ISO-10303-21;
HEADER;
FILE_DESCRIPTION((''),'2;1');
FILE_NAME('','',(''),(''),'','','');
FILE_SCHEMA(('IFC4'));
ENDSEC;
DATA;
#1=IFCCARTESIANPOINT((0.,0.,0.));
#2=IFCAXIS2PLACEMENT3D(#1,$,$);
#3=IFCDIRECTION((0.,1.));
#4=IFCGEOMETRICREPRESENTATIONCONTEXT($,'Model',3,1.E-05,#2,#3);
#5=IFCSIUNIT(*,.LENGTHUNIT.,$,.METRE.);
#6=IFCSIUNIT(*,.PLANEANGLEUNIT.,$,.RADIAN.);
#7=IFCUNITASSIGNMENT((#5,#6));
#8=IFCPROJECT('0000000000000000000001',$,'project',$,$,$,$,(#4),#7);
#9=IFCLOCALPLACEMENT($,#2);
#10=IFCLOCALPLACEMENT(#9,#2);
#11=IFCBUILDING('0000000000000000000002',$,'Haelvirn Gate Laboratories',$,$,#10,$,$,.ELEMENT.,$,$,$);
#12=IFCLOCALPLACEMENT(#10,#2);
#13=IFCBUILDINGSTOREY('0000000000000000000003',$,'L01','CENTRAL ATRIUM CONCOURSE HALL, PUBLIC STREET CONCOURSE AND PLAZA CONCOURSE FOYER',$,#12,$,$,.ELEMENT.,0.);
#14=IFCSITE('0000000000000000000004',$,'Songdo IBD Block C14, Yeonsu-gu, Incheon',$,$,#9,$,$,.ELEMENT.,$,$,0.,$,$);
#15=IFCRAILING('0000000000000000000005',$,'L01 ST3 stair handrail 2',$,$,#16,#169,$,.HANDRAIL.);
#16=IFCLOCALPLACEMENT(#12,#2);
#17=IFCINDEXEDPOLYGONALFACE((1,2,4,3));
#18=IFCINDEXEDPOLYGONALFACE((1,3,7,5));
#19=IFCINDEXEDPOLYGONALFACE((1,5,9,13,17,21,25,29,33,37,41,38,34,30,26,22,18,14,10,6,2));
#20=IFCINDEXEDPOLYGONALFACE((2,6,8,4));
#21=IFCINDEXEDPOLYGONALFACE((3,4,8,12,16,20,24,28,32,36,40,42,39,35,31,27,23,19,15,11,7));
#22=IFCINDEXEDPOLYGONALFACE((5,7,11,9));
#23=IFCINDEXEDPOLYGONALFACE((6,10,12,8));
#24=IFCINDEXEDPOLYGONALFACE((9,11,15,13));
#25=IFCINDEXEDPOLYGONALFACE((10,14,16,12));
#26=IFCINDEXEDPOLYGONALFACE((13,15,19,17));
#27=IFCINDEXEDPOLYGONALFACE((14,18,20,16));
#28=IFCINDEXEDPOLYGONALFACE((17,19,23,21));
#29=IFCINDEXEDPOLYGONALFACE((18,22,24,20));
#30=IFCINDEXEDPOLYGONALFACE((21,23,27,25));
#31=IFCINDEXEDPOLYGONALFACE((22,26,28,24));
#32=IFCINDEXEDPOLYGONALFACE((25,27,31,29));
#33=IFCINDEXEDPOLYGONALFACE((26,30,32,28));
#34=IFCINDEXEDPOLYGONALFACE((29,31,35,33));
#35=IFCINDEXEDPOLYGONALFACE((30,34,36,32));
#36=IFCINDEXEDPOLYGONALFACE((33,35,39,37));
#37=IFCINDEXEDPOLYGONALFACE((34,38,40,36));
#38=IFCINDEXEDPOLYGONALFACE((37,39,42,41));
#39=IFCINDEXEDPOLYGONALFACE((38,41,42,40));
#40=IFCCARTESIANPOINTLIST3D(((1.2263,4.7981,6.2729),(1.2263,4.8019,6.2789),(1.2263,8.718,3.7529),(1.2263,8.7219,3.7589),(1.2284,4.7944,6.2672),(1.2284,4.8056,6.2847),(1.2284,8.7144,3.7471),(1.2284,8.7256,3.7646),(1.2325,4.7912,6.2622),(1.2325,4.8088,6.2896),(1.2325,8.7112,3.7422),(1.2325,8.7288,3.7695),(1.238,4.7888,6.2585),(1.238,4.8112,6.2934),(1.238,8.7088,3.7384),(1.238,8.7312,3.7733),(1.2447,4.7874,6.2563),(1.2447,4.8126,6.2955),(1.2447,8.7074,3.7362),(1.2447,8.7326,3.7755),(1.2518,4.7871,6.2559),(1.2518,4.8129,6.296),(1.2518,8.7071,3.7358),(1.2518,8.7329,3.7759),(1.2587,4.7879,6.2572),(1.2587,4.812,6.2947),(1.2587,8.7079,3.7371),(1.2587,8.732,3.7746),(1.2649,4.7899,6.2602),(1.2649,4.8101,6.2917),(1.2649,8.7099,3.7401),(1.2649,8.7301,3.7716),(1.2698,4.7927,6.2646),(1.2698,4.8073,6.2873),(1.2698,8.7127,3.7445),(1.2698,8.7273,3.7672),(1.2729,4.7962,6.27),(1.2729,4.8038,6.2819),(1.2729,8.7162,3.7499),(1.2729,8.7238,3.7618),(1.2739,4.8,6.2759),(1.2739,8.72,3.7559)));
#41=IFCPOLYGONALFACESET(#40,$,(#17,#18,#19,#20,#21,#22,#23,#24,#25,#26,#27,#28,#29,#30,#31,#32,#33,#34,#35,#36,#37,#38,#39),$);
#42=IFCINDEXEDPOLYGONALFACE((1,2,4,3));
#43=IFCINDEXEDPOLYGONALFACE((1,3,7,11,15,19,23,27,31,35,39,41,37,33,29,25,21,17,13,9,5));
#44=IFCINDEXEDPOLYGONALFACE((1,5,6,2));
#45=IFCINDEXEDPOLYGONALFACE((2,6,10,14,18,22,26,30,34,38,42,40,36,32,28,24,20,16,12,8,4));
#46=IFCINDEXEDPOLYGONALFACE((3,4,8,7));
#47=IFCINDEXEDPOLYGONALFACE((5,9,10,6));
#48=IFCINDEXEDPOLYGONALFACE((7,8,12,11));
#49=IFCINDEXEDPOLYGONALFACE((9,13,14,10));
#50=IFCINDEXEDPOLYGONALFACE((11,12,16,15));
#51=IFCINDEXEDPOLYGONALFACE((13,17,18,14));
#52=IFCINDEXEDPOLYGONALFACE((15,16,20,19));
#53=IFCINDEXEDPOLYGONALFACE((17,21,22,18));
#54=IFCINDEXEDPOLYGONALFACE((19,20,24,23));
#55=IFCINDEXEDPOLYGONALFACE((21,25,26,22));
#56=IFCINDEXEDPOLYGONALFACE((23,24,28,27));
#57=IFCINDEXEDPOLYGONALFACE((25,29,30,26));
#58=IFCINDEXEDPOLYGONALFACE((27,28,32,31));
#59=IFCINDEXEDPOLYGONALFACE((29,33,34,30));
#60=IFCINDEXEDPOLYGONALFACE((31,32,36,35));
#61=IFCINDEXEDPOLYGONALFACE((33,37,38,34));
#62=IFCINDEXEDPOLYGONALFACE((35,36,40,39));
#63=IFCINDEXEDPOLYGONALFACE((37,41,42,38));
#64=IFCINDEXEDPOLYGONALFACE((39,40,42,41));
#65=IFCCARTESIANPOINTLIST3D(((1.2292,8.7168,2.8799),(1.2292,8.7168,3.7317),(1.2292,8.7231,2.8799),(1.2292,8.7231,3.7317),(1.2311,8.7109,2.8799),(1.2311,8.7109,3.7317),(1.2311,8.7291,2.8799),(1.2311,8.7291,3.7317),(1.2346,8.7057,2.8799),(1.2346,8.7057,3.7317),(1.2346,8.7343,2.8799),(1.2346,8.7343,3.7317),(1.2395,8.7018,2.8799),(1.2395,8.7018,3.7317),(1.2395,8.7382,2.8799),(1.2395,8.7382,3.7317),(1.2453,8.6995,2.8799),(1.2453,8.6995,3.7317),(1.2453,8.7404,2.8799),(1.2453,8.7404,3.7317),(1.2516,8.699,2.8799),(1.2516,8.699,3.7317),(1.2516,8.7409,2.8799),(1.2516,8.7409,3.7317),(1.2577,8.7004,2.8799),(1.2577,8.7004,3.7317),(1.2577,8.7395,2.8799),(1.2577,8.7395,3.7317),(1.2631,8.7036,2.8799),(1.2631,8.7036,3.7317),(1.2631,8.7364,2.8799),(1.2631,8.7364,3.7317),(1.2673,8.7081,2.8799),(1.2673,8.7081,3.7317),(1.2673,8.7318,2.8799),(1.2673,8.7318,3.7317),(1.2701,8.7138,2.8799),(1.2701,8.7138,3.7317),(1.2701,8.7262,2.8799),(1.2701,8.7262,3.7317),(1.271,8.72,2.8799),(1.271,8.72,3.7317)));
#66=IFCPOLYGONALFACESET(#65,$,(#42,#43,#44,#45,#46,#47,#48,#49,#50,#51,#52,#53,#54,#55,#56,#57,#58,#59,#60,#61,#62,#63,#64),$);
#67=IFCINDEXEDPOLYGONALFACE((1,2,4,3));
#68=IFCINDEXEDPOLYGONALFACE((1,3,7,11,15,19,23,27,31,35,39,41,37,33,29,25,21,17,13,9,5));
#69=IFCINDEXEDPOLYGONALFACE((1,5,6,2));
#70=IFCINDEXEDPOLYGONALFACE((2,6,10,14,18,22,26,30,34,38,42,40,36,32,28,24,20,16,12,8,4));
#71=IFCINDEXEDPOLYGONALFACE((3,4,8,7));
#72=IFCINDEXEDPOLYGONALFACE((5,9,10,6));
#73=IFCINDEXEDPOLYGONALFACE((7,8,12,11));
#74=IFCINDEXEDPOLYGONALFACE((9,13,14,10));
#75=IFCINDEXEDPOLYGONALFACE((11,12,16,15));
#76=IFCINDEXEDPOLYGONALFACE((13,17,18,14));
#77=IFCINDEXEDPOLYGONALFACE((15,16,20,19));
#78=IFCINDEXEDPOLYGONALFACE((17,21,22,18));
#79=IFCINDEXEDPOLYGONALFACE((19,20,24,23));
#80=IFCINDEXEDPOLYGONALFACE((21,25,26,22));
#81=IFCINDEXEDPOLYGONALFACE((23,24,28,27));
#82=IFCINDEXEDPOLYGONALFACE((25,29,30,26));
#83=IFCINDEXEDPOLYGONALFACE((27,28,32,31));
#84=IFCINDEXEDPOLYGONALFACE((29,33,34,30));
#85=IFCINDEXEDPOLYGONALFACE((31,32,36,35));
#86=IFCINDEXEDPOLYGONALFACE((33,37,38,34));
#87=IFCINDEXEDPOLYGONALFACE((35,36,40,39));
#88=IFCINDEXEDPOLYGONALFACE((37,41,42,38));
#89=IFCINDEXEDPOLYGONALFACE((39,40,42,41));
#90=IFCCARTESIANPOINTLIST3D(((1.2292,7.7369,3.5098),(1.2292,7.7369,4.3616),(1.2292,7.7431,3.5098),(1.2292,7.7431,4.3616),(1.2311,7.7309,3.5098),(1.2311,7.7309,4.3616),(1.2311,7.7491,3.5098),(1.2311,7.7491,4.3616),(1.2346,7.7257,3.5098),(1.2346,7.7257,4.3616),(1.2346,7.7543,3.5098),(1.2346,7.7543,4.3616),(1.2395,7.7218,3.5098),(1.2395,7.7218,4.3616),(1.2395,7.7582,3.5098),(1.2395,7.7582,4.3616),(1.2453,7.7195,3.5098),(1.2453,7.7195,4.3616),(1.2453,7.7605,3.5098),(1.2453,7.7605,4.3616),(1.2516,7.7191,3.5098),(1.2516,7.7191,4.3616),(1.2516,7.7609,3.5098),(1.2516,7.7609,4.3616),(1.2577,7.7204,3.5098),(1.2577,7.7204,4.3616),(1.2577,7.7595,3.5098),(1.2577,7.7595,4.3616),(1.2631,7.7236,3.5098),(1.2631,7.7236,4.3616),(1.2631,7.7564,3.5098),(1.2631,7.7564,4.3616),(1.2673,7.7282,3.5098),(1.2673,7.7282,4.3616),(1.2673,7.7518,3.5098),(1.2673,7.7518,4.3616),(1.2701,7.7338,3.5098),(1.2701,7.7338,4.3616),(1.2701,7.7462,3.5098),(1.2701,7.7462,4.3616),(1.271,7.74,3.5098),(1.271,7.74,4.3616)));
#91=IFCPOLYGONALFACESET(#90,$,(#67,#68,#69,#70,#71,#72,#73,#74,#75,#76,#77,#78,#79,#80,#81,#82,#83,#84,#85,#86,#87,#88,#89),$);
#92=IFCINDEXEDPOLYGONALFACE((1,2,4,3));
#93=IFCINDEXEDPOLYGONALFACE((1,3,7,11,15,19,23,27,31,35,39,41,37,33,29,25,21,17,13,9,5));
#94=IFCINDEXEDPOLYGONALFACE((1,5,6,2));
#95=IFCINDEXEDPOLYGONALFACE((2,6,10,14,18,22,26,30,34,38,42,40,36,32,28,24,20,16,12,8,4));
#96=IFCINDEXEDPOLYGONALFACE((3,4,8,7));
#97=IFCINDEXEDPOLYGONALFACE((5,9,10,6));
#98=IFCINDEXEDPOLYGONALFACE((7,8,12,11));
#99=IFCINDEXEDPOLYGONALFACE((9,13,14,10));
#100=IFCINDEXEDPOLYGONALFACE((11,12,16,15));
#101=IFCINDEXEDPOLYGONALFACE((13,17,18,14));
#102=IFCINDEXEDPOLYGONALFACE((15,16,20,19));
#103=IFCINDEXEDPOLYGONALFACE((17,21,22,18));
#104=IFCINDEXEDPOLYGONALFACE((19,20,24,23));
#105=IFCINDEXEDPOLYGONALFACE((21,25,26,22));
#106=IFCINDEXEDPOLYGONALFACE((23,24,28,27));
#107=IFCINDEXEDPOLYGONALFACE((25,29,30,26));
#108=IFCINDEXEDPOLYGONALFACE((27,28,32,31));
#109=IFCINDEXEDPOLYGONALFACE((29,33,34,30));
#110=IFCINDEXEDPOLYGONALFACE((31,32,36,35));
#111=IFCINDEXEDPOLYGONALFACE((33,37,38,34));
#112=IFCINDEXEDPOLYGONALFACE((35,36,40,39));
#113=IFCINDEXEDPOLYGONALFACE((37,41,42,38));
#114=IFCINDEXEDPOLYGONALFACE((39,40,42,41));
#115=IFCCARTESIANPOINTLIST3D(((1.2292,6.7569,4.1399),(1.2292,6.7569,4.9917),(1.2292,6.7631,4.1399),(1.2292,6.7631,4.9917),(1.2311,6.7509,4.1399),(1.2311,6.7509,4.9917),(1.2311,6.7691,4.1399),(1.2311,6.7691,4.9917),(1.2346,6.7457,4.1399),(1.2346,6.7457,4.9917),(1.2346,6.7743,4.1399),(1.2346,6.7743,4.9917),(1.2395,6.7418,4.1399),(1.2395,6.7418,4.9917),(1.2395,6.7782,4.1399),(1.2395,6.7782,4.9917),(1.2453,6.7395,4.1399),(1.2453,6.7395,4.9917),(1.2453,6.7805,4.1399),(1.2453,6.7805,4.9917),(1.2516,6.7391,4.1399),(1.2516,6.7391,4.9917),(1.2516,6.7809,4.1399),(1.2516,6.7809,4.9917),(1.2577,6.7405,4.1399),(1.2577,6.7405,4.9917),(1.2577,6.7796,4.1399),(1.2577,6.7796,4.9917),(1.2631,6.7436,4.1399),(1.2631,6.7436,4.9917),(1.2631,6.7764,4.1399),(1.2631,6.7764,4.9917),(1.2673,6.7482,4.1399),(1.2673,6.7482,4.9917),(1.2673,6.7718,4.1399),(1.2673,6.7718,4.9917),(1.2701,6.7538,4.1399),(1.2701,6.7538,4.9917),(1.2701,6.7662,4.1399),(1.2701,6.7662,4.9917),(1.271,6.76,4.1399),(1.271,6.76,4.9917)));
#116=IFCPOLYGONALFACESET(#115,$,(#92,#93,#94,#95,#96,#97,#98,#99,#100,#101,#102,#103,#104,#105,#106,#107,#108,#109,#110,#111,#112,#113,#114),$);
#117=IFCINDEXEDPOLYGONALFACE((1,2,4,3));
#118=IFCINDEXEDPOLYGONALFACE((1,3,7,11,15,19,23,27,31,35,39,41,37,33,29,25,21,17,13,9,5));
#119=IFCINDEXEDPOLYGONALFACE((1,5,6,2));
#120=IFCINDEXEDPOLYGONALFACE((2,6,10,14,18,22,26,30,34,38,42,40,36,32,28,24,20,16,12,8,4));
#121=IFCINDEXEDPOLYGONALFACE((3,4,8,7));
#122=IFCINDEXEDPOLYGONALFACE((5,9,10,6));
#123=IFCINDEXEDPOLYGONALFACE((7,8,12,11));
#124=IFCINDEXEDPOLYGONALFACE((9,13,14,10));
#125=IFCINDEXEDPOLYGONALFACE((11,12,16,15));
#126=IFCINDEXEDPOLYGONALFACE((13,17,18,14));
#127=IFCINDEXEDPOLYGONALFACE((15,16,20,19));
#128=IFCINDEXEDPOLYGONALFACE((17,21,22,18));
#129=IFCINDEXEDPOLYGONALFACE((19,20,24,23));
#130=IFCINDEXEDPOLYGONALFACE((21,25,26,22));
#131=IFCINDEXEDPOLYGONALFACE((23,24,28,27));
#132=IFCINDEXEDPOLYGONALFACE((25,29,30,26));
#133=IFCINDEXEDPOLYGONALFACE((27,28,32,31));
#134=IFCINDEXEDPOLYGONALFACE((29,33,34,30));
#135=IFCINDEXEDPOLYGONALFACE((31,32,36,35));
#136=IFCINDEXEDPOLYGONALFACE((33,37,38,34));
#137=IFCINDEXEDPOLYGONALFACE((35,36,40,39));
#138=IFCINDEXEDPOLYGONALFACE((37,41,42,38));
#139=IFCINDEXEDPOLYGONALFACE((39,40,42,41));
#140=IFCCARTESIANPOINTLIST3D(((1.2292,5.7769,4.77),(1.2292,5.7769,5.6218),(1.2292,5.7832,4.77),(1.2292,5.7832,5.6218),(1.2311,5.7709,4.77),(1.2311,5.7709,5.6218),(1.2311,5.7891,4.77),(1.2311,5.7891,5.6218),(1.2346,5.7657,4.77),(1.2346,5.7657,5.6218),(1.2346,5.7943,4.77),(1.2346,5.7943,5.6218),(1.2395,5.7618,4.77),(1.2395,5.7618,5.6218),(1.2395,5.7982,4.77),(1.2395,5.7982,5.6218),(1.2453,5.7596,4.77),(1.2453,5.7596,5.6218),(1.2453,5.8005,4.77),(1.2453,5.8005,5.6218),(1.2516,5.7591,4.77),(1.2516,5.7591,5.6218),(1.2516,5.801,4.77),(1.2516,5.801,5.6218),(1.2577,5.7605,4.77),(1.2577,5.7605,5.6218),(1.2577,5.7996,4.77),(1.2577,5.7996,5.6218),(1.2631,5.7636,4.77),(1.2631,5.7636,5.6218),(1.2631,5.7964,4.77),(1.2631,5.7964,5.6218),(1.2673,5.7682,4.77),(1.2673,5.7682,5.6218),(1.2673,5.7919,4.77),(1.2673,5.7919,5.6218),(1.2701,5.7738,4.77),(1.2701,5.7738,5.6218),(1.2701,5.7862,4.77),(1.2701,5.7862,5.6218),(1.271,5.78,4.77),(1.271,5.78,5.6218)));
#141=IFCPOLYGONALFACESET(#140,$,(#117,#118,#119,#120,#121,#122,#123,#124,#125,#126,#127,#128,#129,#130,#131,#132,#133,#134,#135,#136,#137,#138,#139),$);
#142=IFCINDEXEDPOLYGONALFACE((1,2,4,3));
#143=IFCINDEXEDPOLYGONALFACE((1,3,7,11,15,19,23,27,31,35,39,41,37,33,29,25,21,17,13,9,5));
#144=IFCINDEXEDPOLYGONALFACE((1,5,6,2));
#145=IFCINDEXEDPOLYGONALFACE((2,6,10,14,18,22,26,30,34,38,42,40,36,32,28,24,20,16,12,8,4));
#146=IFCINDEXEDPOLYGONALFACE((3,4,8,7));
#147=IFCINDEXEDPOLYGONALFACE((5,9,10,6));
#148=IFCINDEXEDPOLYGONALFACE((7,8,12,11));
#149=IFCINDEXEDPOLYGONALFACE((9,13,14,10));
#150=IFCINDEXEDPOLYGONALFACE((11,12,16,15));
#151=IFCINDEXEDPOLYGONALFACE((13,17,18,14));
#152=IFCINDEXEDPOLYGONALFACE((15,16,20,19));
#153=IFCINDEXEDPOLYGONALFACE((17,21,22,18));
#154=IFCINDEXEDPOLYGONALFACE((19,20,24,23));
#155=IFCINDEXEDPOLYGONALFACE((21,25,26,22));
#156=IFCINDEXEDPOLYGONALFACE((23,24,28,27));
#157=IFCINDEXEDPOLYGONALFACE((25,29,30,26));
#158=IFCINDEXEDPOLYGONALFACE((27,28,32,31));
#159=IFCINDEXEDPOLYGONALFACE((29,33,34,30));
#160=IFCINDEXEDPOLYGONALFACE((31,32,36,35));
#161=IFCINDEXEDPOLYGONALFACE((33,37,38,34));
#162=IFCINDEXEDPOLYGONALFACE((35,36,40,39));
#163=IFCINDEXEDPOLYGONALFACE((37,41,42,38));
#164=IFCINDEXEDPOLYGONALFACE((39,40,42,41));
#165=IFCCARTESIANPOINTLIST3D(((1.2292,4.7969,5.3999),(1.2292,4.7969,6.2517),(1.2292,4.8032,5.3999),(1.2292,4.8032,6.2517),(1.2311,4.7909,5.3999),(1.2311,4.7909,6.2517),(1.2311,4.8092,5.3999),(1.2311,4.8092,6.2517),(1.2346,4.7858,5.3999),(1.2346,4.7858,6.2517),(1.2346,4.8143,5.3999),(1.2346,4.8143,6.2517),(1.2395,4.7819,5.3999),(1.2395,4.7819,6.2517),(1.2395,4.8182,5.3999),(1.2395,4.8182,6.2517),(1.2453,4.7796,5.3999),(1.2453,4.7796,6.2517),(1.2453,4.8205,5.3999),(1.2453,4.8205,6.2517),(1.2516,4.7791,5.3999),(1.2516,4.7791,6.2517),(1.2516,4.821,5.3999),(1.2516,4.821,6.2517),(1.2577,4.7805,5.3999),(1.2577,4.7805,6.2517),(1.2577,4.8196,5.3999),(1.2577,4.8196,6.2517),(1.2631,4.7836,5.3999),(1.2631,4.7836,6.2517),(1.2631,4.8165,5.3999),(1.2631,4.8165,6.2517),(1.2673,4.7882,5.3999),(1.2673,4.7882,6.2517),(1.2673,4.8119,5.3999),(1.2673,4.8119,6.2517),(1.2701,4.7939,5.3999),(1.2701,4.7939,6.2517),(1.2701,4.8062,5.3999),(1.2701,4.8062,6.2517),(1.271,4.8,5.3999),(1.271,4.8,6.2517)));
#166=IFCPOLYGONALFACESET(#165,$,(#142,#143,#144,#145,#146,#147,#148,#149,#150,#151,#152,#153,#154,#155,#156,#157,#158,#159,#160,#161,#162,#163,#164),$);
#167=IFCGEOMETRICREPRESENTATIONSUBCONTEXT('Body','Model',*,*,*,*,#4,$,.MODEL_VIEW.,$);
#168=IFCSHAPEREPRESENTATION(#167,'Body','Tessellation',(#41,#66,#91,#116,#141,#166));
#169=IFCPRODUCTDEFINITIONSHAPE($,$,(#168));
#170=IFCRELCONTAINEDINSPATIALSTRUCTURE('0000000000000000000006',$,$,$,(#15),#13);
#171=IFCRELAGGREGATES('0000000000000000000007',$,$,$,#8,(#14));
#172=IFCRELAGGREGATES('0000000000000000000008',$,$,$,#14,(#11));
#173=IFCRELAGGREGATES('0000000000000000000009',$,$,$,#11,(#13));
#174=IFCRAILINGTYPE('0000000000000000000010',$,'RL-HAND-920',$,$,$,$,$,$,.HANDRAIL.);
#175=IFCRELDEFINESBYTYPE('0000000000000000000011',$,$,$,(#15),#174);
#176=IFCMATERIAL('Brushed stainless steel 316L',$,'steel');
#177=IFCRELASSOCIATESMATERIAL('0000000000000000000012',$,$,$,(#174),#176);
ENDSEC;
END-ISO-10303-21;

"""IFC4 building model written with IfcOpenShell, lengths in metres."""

from ifc_helpers import new_model, si_unit, direction, frame, origin, origin_2d, place, context, subcontext, project, spatial, circle, extrude, source, transform, mapped, material, type_object, type_shapes, element, save


model = new_model("IFC4")

# Units and contexts
model_context = context("Model", 3, precision=1e-05, world=origin(), true_north=direction((0.0, 1.0)))
body_context = subcontext(model_context, "Body", "Model", "MODEL_VIEW")
ifc_project = project(units=[si_unit("LENGTHUNIT", "METRE"), si_unit("PLANEANGLEUNIT", "RADIAN")], contexts=[model_context])

# Site, building, storey
site_placement = place(None, origin())
site = spatial("IfcSite", under=ifc_project, at=site_placement, Name="Songdo IBD Block C14, Yeonsu-gu, Incheon", CompositionType="ELEMENT", RefElevation=0.0)
building_placement = place(site_placement, origin())
building = spatial("IfcBuilding", under=site, at=building_placement, Name="Haelvirn Gate Laboratories", CompositionType="ELEMENT")
storey_placement = place(building_placement, origin())
storey = spatial("IfcBuildingStorey", under=building, at=storey_placement, Name="L01", Description="CENTRAL ATRIUM CONCOURSE HALL, PUBLIC STREET CONCOURSE AND PLAZA CONCOURSE FOYER", CompositionType="ELEMENT", Elevation=0.0)

# Railing
ifc_material_1 = material(Name="Brushed stainless steel 316L", Category="steel")
railing_type_1 = type_object("IfcRailingType", Name="RL-HAND-920", PredefinedType="HANDRAIL", material=ifc_material_1)
shared_shape_1 = source(origin(), body_context, "Body", "SweptSolid", [
    extrude(circle(Radius=0.0239, at=origin_2d()), frame((0.0, 0.0, 0.876), z_axis=(0.0, -0.841172, 0.540768), x_axis=(1.0, 0.0, 0.0)), (0.0, 0.0, 1.0), 4.6602),
    extrude(circle(Radius=0.021, at=origin_2d()), origin(), (0.0, 0.0, 1.0), 0.8518),
    extrude(circle(Radius=0.021, at=origin_2d()), frame((0.0, -0.98, 0.6299)), (0.0, 0.0, 1.0), 0.8518),
    extrude(circle(Radius=0.021, at=origin_2d()), frame((0.0, -1.96, 1.26)), (0.0, 0.0, 1.0), 0.8518),
    extrude(circle(Radius=0.021, at=origin_2d()), frame((0.0, -2.9399, 1.8901)), (0.0, 0.0, 1.0), 0.8518),
    extrude(circle(Radius=0.021, at=origin_2d()), frame((0.0, -3.9199, 2.52)), (0.0, 0.0, 1.0), 0.8518),
])
type_shapes(railing_type_1, [shared_shape_1])
railing_1_placement = place(storey_placement, frame((1.25, 8.72, 2.8799)))
element("IfcRailing", 1, at=railing_1_placement, inside=storey, type_object=railing_type_1, Name="L01 ST3 stair handrail 2", PredefinedType="HANDRAIL", context=body_context, shape_type="MappedRepresentation", body=[
    mapped(shared_shape_1, transform((0.0, 0.0, 0.0), scale=1.0)),
])

save(model, "model.ifc")
